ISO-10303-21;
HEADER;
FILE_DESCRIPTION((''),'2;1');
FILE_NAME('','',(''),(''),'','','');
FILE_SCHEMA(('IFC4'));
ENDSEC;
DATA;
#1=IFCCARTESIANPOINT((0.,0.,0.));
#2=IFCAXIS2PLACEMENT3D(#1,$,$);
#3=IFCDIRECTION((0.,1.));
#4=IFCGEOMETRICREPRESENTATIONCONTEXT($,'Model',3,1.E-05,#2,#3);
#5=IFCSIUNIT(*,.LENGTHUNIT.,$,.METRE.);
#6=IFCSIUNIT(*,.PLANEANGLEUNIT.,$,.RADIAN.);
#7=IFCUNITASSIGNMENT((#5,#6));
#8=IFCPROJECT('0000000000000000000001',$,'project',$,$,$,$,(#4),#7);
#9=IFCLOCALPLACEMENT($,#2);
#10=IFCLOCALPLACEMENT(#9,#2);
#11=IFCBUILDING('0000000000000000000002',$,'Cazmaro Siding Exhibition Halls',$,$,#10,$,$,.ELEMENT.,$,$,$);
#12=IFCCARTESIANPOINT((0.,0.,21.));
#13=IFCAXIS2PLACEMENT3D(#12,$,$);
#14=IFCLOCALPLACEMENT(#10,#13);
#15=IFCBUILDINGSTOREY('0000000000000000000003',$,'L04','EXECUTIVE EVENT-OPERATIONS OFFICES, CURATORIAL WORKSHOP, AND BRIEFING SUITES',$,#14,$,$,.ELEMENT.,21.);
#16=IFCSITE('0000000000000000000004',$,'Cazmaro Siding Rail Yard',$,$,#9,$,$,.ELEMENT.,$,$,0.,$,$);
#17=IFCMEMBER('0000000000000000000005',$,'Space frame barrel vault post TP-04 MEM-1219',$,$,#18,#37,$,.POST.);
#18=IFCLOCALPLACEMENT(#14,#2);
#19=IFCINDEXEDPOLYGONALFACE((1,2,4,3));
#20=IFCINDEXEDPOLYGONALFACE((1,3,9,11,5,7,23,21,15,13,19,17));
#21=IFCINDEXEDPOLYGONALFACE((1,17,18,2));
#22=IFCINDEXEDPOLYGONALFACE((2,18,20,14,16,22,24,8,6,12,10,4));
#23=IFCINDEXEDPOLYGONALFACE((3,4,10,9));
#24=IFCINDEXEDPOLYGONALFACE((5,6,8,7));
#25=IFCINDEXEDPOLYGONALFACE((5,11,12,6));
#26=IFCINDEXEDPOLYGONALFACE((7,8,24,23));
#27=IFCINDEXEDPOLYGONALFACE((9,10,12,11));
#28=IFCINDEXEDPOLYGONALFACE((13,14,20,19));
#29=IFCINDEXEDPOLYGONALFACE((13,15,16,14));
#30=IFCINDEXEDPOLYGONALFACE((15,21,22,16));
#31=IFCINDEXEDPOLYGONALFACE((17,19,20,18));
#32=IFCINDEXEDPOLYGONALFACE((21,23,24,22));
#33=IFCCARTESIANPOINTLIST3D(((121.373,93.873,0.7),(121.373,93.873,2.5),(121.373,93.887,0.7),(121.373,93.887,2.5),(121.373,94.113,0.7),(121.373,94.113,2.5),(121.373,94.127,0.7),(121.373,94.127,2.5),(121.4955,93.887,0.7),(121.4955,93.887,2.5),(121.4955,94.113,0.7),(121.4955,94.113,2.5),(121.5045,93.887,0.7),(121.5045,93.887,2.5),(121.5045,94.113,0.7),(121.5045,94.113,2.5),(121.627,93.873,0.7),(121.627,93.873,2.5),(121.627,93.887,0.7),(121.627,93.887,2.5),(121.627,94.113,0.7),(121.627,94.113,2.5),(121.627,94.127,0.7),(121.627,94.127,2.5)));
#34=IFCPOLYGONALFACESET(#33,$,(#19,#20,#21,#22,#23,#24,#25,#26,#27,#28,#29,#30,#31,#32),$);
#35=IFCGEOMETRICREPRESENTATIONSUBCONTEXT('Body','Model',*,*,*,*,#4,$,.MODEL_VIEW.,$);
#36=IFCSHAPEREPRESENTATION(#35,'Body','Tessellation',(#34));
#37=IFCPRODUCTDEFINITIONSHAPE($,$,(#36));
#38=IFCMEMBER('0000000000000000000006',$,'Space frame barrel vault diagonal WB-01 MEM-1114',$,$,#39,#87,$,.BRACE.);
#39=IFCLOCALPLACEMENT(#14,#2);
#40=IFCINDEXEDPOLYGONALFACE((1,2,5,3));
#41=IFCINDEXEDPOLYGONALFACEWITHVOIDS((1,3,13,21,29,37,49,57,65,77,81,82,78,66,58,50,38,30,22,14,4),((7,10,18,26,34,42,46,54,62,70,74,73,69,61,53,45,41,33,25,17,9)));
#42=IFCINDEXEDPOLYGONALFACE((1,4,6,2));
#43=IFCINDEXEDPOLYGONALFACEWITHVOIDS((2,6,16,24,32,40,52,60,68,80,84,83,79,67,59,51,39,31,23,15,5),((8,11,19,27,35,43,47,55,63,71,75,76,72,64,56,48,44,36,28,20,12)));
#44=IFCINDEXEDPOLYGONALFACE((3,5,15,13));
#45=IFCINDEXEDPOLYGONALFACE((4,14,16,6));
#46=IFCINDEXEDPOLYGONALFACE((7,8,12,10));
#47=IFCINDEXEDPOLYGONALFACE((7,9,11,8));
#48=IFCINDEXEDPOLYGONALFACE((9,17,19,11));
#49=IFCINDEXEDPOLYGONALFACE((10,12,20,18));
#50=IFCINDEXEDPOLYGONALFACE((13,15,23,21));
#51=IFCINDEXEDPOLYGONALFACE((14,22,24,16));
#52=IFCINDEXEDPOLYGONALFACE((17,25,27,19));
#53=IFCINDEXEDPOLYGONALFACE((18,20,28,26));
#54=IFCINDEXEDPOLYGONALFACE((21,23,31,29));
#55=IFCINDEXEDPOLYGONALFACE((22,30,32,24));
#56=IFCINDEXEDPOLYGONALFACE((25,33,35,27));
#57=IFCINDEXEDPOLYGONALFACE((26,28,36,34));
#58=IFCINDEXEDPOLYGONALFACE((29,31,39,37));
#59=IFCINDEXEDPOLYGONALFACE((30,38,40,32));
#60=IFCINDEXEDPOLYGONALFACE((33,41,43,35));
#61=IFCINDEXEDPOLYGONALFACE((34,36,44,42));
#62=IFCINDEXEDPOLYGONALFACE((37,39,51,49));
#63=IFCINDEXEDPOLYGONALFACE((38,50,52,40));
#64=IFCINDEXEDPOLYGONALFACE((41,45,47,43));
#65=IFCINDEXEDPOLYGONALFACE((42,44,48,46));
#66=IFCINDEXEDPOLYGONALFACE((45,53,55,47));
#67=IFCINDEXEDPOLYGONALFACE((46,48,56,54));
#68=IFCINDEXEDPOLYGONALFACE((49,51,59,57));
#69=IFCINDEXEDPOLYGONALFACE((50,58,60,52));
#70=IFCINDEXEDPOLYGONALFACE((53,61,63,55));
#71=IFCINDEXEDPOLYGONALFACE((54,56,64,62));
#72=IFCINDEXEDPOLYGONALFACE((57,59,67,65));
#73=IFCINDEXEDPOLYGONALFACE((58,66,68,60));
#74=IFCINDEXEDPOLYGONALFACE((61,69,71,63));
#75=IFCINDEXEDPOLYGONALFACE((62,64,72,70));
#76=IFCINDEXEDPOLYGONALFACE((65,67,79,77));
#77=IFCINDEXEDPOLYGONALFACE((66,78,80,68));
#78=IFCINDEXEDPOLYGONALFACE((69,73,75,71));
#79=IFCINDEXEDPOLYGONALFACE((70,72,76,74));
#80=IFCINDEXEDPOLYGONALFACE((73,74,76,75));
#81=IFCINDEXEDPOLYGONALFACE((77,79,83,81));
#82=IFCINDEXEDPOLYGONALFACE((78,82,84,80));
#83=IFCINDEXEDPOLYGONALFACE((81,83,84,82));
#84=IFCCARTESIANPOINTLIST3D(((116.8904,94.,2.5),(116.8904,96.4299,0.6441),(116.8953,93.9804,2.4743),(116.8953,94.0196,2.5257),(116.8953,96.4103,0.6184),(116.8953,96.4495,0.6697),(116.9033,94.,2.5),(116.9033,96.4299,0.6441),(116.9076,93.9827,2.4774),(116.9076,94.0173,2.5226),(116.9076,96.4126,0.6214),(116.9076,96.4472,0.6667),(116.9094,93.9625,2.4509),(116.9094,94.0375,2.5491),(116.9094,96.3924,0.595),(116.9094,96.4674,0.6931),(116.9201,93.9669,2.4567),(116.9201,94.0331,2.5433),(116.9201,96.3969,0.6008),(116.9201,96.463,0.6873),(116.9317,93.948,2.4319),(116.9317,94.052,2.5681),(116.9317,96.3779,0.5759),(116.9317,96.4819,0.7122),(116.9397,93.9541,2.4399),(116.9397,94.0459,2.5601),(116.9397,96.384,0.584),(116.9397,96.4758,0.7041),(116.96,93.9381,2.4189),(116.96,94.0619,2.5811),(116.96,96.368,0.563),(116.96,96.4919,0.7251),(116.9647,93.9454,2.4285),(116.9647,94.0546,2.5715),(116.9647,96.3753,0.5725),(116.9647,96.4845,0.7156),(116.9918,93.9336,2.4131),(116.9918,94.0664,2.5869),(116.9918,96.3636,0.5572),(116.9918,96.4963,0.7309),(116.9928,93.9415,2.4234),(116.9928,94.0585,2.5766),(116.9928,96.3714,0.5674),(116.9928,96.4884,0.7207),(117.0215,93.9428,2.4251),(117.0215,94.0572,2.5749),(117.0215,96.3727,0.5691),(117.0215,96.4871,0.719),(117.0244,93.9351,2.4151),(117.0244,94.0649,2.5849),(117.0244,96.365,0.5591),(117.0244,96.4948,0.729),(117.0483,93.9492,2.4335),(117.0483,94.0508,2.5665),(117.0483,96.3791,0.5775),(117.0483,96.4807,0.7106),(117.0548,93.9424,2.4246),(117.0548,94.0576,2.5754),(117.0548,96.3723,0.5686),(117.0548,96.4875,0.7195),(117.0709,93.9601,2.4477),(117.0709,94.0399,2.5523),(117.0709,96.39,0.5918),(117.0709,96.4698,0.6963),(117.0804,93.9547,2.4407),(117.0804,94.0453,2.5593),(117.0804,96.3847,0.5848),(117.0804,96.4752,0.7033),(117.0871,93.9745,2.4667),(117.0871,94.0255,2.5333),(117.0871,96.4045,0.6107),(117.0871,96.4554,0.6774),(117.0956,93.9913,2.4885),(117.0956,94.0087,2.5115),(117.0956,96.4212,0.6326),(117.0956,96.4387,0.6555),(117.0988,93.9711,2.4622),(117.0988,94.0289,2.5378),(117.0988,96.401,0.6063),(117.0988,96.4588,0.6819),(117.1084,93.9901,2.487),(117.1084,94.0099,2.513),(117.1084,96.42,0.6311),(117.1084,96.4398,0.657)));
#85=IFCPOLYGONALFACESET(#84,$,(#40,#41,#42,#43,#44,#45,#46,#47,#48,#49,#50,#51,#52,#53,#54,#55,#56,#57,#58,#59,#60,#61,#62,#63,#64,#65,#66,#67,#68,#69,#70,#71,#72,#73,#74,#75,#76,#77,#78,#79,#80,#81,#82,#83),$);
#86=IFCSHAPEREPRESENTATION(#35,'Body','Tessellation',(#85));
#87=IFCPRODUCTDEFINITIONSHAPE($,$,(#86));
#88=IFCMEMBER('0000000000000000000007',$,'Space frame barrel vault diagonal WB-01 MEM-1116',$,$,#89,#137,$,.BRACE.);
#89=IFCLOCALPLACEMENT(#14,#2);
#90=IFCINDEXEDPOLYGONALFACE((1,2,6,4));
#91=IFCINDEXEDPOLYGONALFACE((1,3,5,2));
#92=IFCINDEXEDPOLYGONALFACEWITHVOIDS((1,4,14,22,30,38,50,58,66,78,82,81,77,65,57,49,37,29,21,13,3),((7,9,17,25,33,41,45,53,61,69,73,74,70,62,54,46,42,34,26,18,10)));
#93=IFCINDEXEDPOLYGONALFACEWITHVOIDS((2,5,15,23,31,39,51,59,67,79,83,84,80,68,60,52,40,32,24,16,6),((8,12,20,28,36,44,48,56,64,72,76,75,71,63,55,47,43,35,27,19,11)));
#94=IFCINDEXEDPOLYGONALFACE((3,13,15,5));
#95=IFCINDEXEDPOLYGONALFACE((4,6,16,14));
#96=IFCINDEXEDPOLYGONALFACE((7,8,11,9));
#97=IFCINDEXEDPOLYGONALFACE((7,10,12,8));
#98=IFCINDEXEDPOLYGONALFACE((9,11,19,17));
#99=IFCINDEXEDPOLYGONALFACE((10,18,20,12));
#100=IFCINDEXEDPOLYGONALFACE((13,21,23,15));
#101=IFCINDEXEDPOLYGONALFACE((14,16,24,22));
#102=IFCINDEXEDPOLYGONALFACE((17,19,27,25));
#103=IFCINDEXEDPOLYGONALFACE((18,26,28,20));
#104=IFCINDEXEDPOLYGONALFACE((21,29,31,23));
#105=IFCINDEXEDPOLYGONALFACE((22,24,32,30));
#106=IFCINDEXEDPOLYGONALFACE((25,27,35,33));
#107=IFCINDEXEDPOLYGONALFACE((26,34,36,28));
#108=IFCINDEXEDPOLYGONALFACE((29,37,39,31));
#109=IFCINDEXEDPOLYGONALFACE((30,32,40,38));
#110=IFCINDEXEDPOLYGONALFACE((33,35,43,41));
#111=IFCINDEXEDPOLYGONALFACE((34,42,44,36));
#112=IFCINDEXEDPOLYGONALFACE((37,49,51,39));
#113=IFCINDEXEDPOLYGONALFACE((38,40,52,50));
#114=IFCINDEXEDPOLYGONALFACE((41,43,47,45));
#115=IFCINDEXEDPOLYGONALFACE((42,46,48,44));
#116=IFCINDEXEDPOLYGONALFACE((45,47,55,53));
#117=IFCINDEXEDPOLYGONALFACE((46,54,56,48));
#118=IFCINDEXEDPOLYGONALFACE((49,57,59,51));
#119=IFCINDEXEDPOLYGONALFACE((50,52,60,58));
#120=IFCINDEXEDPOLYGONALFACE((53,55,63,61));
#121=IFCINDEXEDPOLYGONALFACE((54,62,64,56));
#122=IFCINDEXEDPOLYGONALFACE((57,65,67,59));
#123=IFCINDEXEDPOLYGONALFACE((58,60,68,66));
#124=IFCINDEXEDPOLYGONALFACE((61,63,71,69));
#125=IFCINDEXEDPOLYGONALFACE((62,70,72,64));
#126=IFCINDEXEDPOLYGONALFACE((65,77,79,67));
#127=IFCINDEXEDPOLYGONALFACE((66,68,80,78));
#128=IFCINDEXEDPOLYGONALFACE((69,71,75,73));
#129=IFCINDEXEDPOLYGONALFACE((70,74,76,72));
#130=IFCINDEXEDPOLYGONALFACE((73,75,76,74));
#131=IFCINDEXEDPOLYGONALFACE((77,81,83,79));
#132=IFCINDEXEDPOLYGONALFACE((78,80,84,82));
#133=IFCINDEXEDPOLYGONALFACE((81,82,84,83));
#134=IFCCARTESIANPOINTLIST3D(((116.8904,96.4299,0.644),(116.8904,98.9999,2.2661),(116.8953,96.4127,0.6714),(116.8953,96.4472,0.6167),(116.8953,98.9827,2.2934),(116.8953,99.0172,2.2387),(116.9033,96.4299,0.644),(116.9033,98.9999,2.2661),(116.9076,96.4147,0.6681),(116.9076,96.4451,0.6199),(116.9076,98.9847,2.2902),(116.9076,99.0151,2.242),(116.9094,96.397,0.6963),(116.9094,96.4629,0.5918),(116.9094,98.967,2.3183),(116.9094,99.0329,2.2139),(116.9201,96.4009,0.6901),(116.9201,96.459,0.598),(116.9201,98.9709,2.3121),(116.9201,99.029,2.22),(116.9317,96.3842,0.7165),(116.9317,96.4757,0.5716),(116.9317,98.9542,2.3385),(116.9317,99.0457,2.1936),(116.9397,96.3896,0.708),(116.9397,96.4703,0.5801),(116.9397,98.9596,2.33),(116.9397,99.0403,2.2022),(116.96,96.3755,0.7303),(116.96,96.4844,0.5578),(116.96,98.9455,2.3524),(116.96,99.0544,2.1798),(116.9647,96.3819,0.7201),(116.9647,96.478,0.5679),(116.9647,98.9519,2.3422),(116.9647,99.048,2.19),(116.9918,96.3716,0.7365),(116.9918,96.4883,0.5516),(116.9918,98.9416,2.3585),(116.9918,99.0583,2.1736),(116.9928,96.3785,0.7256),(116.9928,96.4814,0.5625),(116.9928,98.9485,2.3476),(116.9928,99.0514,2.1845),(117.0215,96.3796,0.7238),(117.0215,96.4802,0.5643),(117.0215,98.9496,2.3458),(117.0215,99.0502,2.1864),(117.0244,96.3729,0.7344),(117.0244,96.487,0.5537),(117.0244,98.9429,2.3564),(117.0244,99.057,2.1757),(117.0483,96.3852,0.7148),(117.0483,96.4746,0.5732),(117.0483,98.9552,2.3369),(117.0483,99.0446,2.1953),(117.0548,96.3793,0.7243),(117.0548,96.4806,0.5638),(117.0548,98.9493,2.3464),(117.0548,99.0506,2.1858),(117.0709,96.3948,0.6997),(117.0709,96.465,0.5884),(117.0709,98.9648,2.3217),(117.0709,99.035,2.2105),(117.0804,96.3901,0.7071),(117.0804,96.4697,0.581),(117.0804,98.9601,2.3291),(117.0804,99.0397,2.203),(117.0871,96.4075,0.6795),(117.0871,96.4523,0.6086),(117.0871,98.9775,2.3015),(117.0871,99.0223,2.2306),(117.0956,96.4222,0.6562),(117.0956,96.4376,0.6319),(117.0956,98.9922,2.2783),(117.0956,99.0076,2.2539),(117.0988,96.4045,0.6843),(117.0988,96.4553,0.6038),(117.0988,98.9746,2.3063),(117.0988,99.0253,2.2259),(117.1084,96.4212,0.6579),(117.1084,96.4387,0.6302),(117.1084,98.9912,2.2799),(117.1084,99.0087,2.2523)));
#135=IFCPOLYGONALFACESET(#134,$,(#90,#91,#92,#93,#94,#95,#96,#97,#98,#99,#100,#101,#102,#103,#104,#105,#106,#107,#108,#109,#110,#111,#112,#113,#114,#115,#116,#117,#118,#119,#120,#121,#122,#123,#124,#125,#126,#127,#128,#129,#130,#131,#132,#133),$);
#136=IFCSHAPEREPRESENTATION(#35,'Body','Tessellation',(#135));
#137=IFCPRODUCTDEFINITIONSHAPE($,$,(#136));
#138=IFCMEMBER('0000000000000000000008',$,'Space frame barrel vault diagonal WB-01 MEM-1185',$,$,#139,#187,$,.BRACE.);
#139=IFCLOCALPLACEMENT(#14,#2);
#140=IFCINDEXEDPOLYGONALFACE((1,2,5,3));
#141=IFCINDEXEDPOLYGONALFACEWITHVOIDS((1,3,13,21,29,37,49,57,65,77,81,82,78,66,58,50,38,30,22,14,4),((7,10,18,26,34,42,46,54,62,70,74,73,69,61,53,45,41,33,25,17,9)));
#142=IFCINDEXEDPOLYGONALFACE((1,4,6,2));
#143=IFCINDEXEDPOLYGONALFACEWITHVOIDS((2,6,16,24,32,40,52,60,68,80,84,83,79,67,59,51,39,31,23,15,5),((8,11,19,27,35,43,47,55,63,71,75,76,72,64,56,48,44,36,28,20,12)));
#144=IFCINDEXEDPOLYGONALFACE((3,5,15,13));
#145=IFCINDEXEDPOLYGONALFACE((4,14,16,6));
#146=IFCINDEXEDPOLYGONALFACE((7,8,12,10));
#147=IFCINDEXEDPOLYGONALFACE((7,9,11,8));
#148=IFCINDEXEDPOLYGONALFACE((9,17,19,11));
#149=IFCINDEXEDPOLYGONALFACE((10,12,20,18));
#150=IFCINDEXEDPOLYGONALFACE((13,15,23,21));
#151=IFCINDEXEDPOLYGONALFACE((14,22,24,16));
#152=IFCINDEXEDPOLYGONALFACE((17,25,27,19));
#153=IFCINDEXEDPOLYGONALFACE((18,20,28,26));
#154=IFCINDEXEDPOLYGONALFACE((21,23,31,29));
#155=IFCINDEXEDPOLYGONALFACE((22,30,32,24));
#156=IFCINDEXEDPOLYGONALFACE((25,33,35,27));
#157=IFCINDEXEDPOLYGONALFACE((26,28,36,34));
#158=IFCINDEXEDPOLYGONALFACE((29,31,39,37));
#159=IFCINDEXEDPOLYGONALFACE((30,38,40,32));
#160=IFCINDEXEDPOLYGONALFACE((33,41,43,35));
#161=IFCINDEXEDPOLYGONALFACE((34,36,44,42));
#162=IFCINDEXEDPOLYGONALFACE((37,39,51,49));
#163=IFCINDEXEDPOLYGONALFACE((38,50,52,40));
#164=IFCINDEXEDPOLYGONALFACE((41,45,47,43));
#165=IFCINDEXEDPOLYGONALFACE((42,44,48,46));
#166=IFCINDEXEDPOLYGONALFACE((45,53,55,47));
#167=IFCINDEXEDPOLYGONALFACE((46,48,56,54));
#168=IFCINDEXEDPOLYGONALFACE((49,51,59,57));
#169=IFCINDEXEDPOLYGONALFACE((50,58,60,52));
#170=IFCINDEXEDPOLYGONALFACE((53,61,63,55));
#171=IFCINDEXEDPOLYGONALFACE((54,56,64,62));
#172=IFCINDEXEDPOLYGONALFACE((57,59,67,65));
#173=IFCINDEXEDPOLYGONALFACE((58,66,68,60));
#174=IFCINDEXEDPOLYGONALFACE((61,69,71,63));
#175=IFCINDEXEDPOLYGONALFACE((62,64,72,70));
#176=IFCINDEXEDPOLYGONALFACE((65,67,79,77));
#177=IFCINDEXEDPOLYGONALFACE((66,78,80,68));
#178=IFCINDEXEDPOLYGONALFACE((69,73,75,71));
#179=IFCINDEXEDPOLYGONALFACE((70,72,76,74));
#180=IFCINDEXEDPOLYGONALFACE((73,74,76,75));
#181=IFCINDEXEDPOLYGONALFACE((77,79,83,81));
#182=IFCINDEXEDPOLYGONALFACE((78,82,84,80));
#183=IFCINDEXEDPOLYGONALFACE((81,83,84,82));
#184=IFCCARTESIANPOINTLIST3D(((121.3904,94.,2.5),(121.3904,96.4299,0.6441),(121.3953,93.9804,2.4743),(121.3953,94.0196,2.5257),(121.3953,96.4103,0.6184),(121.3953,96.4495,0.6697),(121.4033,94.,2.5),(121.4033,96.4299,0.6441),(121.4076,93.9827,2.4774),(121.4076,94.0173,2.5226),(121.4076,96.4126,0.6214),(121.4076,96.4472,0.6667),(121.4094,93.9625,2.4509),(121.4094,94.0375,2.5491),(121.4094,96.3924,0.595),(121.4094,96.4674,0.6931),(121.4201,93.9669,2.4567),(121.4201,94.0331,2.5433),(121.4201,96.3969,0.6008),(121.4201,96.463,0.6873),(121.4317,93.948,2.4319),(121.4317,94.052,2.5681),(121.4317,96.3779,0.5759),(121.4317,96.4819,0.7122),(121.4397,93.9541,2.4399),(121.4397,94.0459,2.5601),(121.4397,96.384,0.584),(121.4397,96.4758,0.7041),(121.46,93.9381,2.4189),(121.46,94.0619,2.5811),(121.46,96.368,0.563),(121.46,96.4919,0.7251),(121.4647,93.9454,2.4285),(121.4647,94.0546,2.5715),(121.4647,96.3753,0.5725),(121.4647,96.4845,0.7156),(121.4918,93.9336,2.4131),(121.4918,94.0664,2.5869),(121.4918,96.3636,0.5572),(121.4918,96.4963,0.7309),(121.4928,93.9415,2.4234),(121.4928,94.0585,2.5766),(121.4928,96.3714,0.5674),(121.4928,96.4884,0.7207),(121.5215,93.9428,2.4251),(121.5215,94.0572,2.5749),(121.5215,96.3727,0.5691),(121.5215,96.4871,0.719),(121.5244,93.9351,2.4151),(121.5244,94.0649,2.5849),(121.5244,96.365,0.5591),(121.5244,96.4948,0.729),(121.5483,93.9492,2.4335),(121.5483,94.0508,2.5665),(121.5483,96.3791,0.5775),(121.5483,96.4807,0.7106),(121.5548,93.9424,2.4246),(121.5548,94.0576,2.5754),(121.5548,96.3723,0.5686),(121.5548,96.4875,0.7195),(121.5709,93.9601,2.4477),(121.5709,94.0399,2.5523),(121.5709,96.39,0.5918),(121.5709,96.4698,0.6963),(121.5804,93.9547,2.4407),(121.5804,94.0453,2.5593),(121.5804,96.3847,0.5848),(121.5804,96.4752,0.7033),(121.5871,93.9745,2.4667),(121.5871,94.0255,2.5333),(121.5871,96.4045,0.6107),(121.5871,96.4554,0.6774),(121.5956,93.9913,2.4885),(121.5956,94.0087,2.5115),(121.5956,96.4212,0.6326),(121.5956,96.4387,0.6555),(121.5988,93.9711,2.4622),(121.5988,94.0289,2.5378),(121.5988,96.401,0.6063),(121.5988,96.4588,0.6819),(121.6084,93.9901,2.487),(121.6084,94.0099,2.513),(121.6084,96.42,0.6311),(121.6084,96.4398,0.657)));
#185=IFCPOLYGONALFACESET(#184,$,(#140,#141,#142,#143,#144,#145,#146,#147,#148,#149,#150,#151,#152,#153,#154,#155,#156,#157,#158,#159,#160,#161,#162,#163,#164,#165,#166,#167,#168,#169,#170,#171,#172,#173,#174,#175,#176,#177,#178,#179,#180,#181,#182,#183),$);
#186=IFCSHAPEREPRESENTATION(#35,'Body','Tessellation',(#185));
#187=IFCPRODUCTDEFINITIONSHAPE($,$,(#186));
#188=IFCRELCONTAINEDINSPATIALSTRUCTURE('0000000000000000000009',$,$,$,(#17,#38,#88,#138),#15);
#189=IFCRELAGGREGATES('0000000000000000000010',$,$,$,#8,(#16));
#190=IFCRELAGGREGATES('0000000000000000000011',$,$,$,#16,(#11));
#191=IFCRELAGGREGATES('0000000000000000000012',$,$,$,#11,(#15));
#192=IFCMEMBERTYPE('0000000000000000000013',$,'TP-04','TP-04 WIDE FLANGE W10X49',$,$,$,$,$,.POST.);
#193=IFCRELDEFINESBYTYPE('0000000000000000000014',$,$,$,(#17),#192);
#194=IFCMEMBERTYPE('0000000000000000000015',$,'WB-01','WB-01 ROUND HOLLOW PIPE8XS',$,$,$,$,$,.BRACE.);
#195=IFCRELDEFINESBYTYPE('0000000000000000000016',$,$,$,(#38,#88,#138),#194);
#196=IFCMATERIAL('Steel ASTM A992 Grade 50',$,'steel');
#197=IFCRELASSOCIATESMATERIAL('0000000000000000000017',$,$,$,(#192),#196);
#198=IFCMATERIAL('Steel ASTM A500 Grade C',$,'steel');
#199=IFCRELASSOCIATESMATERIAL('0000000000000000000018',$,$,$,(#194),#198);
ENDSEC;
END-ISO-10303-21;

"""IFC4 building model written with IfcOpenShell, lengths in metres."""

from ifc_helpers import new_model, si_unit, direction, frame, origin, origin_2d, place, context, subcontext, project, spatial, hollow_circle, i_section, extrude, material, material_profile, profile_set, type_object, element, save


model = new_model("IFC4")

# Units and contexts
model_context = context("Model", 3, precision=1e-05, world=origin(), true_north=direction((0.0, 1.0)))
body_context = subcontext(model_context, "Body", "Model", "MODEL_VIEW")
ifc_project = project(units=[si_unit("LENGTHUNIT", "METRE"), si_unit("PLANEANGLEUNIT", "RADIAN")], contexts=[model_context])

# Site, building, storey
site_placement = place(None, origin())
site = spatial("IfcSite", under=ifc_project, at=site_placement, Name="Cazmaro Siding Rail Yard", CompositionType="ELEMENT", RefElevation=0.0)
building_placement = place(site_placement, origin())
building = spatial("IfcBuilding", under=site, at=building_placement, Name="Cazmaro Siding Exhibition Halls", CompositionType="ELEMENT")
storey_placement = place(building_placement, frame((0.0, 0.0, 21.0)))
storey = spatial("IfcBuildingStorey", under=building, at=storey_placement, Name="L04", Description="EXECUTIVE EVENT-OPERATIONS OFFICES, CURATORIAL WORKSHOP, AND BRIEFING SUITES", CompositionType="ELEMENT", Elevation=21.0)

# Members
ifc_material_1 = material(Name="Steel ASTM A992 Grade 50", Category="steel")
ifc_material_profile_1 = material_profile(ifc_material_1, i_section(OverallWidth=0.2539, OverallDepth=0.2539, WebThickness=0.009, FlangeThickness=0.0139, at=origin_2d()), Name="W10X49")
ifc_profile_set_1 = profile_set([ifc_material_profile_1], Name="Steel ASTM A992 Grade 50")
member_type_1 = type_object("IfcMemberType", Name="TP-04", Description="TP-04 WIDE FLANGE W10X49", PredefinedType="POST", material=ifc_profile_set_1)
member_1_placement = place(storey_placement, frame((121.5, 94.0, 0.7), z_axis=(0.0, 0.0, 1.0), x_axis=(1.0, 0.0, 0.0)))
element("IfcMember", 1, at=member_1_placement, inside=storey, type_object=member_type_1, Name="Space frame barrel vault post TP-04 MEM-1219", PredefinedType="POST", context=body_context, shape_type="SweptSolid", body=[
    extrude(i_section(OverallWidth=0.2539, OverallDepth=0.2539, WebThickness=0.009, FlangeThickness=0.0139, at=origin_2d()), origin(), (0.0, 0.0, 1.0), 1.8),
])
ifc_material_2 = material(Name="Steel ASTM A500 Grade C", Category="steel")
ifc_material_profile_2 = material_profile(ifc_material_2, hollow_circle(Radius=0.1096, WallThickness=0.0129, at=origin_2d()), Name="PIPE8XS")
ifc_profile_set_2 = profile_set([ifc_material_profile_2], Name="Steel ASTM A500 Grade C")
member_type_2 = type_object("IfcMemberType", Name="WB-01", Description="WB-01 ROUND HOLLOW PIPE8XS", PredefinedType="BRACE", material=ifc_profile_set_2)
member_2_placement = place(storey_placement, frame((117.0, 94.0, 2.5), z_axis=(0.0, 0.794709, -0.606991), x_axis=(-1.0, 0.0, 0.0)))
element("IfcMember", 2, at=member_2_placement, inside=storey, type_object=member_type_2, Name="Space frame barrel vault diagonal WB-01 MEM-1114", PredefinedType="BRACE", context=body_context, shape_type="SweptSolid", body=[
    extrude(hollow_circle(Radius=0.1096, WallThickness=0.0129, at=origin_2d()), origin(), (0.0, 0.0, 1.0), 3.0576),
])
member_3_placement = place(storey_placement, frame((117.0, 96.4299, 0.644), z_axis=(0.0, 0.845657, 0.533727), x_axis=(-1.0, 0.0, 0.0)))
element("IfcMember", 3, at=member_3_placement, inside=storey, type_object=member_type_2, Name="Space frame barrel vault diagonal WB-01 MEM-1116", PredefinedType="BRACE", context=body_context, shape_type="SweptSolid", body=[
    extrude(hollow_circle(Radius=0.1096, WallThickness=0.0129, at=origin_2d()), origin(), (0.0, 0.0, 1.0), 3.0391),
])
member_4_placement = place(storey_placement, frame((121.5, 94.0, 2.5), z_axis=(0.0, 0.794709, -0.606991), x_axis=(-1.0, 0.0, 0.0)))
element("IfcMember", 4, at=member_4_placement, inside=storey, type_object=member_type_2, Name="Space frame barrel vault diagonal WB-01 MEM-1185", PredefinedType="BRACE", context=body_context, shape_type="SweptSolid", body=[
    extrude(hollow_circle(Radius=0.1096, WallThickness=0.0129, at=origin_2d()), origin(), (0.0, 0.0, 1.0), 3.0576),
])

save(model, "model.ifc")
